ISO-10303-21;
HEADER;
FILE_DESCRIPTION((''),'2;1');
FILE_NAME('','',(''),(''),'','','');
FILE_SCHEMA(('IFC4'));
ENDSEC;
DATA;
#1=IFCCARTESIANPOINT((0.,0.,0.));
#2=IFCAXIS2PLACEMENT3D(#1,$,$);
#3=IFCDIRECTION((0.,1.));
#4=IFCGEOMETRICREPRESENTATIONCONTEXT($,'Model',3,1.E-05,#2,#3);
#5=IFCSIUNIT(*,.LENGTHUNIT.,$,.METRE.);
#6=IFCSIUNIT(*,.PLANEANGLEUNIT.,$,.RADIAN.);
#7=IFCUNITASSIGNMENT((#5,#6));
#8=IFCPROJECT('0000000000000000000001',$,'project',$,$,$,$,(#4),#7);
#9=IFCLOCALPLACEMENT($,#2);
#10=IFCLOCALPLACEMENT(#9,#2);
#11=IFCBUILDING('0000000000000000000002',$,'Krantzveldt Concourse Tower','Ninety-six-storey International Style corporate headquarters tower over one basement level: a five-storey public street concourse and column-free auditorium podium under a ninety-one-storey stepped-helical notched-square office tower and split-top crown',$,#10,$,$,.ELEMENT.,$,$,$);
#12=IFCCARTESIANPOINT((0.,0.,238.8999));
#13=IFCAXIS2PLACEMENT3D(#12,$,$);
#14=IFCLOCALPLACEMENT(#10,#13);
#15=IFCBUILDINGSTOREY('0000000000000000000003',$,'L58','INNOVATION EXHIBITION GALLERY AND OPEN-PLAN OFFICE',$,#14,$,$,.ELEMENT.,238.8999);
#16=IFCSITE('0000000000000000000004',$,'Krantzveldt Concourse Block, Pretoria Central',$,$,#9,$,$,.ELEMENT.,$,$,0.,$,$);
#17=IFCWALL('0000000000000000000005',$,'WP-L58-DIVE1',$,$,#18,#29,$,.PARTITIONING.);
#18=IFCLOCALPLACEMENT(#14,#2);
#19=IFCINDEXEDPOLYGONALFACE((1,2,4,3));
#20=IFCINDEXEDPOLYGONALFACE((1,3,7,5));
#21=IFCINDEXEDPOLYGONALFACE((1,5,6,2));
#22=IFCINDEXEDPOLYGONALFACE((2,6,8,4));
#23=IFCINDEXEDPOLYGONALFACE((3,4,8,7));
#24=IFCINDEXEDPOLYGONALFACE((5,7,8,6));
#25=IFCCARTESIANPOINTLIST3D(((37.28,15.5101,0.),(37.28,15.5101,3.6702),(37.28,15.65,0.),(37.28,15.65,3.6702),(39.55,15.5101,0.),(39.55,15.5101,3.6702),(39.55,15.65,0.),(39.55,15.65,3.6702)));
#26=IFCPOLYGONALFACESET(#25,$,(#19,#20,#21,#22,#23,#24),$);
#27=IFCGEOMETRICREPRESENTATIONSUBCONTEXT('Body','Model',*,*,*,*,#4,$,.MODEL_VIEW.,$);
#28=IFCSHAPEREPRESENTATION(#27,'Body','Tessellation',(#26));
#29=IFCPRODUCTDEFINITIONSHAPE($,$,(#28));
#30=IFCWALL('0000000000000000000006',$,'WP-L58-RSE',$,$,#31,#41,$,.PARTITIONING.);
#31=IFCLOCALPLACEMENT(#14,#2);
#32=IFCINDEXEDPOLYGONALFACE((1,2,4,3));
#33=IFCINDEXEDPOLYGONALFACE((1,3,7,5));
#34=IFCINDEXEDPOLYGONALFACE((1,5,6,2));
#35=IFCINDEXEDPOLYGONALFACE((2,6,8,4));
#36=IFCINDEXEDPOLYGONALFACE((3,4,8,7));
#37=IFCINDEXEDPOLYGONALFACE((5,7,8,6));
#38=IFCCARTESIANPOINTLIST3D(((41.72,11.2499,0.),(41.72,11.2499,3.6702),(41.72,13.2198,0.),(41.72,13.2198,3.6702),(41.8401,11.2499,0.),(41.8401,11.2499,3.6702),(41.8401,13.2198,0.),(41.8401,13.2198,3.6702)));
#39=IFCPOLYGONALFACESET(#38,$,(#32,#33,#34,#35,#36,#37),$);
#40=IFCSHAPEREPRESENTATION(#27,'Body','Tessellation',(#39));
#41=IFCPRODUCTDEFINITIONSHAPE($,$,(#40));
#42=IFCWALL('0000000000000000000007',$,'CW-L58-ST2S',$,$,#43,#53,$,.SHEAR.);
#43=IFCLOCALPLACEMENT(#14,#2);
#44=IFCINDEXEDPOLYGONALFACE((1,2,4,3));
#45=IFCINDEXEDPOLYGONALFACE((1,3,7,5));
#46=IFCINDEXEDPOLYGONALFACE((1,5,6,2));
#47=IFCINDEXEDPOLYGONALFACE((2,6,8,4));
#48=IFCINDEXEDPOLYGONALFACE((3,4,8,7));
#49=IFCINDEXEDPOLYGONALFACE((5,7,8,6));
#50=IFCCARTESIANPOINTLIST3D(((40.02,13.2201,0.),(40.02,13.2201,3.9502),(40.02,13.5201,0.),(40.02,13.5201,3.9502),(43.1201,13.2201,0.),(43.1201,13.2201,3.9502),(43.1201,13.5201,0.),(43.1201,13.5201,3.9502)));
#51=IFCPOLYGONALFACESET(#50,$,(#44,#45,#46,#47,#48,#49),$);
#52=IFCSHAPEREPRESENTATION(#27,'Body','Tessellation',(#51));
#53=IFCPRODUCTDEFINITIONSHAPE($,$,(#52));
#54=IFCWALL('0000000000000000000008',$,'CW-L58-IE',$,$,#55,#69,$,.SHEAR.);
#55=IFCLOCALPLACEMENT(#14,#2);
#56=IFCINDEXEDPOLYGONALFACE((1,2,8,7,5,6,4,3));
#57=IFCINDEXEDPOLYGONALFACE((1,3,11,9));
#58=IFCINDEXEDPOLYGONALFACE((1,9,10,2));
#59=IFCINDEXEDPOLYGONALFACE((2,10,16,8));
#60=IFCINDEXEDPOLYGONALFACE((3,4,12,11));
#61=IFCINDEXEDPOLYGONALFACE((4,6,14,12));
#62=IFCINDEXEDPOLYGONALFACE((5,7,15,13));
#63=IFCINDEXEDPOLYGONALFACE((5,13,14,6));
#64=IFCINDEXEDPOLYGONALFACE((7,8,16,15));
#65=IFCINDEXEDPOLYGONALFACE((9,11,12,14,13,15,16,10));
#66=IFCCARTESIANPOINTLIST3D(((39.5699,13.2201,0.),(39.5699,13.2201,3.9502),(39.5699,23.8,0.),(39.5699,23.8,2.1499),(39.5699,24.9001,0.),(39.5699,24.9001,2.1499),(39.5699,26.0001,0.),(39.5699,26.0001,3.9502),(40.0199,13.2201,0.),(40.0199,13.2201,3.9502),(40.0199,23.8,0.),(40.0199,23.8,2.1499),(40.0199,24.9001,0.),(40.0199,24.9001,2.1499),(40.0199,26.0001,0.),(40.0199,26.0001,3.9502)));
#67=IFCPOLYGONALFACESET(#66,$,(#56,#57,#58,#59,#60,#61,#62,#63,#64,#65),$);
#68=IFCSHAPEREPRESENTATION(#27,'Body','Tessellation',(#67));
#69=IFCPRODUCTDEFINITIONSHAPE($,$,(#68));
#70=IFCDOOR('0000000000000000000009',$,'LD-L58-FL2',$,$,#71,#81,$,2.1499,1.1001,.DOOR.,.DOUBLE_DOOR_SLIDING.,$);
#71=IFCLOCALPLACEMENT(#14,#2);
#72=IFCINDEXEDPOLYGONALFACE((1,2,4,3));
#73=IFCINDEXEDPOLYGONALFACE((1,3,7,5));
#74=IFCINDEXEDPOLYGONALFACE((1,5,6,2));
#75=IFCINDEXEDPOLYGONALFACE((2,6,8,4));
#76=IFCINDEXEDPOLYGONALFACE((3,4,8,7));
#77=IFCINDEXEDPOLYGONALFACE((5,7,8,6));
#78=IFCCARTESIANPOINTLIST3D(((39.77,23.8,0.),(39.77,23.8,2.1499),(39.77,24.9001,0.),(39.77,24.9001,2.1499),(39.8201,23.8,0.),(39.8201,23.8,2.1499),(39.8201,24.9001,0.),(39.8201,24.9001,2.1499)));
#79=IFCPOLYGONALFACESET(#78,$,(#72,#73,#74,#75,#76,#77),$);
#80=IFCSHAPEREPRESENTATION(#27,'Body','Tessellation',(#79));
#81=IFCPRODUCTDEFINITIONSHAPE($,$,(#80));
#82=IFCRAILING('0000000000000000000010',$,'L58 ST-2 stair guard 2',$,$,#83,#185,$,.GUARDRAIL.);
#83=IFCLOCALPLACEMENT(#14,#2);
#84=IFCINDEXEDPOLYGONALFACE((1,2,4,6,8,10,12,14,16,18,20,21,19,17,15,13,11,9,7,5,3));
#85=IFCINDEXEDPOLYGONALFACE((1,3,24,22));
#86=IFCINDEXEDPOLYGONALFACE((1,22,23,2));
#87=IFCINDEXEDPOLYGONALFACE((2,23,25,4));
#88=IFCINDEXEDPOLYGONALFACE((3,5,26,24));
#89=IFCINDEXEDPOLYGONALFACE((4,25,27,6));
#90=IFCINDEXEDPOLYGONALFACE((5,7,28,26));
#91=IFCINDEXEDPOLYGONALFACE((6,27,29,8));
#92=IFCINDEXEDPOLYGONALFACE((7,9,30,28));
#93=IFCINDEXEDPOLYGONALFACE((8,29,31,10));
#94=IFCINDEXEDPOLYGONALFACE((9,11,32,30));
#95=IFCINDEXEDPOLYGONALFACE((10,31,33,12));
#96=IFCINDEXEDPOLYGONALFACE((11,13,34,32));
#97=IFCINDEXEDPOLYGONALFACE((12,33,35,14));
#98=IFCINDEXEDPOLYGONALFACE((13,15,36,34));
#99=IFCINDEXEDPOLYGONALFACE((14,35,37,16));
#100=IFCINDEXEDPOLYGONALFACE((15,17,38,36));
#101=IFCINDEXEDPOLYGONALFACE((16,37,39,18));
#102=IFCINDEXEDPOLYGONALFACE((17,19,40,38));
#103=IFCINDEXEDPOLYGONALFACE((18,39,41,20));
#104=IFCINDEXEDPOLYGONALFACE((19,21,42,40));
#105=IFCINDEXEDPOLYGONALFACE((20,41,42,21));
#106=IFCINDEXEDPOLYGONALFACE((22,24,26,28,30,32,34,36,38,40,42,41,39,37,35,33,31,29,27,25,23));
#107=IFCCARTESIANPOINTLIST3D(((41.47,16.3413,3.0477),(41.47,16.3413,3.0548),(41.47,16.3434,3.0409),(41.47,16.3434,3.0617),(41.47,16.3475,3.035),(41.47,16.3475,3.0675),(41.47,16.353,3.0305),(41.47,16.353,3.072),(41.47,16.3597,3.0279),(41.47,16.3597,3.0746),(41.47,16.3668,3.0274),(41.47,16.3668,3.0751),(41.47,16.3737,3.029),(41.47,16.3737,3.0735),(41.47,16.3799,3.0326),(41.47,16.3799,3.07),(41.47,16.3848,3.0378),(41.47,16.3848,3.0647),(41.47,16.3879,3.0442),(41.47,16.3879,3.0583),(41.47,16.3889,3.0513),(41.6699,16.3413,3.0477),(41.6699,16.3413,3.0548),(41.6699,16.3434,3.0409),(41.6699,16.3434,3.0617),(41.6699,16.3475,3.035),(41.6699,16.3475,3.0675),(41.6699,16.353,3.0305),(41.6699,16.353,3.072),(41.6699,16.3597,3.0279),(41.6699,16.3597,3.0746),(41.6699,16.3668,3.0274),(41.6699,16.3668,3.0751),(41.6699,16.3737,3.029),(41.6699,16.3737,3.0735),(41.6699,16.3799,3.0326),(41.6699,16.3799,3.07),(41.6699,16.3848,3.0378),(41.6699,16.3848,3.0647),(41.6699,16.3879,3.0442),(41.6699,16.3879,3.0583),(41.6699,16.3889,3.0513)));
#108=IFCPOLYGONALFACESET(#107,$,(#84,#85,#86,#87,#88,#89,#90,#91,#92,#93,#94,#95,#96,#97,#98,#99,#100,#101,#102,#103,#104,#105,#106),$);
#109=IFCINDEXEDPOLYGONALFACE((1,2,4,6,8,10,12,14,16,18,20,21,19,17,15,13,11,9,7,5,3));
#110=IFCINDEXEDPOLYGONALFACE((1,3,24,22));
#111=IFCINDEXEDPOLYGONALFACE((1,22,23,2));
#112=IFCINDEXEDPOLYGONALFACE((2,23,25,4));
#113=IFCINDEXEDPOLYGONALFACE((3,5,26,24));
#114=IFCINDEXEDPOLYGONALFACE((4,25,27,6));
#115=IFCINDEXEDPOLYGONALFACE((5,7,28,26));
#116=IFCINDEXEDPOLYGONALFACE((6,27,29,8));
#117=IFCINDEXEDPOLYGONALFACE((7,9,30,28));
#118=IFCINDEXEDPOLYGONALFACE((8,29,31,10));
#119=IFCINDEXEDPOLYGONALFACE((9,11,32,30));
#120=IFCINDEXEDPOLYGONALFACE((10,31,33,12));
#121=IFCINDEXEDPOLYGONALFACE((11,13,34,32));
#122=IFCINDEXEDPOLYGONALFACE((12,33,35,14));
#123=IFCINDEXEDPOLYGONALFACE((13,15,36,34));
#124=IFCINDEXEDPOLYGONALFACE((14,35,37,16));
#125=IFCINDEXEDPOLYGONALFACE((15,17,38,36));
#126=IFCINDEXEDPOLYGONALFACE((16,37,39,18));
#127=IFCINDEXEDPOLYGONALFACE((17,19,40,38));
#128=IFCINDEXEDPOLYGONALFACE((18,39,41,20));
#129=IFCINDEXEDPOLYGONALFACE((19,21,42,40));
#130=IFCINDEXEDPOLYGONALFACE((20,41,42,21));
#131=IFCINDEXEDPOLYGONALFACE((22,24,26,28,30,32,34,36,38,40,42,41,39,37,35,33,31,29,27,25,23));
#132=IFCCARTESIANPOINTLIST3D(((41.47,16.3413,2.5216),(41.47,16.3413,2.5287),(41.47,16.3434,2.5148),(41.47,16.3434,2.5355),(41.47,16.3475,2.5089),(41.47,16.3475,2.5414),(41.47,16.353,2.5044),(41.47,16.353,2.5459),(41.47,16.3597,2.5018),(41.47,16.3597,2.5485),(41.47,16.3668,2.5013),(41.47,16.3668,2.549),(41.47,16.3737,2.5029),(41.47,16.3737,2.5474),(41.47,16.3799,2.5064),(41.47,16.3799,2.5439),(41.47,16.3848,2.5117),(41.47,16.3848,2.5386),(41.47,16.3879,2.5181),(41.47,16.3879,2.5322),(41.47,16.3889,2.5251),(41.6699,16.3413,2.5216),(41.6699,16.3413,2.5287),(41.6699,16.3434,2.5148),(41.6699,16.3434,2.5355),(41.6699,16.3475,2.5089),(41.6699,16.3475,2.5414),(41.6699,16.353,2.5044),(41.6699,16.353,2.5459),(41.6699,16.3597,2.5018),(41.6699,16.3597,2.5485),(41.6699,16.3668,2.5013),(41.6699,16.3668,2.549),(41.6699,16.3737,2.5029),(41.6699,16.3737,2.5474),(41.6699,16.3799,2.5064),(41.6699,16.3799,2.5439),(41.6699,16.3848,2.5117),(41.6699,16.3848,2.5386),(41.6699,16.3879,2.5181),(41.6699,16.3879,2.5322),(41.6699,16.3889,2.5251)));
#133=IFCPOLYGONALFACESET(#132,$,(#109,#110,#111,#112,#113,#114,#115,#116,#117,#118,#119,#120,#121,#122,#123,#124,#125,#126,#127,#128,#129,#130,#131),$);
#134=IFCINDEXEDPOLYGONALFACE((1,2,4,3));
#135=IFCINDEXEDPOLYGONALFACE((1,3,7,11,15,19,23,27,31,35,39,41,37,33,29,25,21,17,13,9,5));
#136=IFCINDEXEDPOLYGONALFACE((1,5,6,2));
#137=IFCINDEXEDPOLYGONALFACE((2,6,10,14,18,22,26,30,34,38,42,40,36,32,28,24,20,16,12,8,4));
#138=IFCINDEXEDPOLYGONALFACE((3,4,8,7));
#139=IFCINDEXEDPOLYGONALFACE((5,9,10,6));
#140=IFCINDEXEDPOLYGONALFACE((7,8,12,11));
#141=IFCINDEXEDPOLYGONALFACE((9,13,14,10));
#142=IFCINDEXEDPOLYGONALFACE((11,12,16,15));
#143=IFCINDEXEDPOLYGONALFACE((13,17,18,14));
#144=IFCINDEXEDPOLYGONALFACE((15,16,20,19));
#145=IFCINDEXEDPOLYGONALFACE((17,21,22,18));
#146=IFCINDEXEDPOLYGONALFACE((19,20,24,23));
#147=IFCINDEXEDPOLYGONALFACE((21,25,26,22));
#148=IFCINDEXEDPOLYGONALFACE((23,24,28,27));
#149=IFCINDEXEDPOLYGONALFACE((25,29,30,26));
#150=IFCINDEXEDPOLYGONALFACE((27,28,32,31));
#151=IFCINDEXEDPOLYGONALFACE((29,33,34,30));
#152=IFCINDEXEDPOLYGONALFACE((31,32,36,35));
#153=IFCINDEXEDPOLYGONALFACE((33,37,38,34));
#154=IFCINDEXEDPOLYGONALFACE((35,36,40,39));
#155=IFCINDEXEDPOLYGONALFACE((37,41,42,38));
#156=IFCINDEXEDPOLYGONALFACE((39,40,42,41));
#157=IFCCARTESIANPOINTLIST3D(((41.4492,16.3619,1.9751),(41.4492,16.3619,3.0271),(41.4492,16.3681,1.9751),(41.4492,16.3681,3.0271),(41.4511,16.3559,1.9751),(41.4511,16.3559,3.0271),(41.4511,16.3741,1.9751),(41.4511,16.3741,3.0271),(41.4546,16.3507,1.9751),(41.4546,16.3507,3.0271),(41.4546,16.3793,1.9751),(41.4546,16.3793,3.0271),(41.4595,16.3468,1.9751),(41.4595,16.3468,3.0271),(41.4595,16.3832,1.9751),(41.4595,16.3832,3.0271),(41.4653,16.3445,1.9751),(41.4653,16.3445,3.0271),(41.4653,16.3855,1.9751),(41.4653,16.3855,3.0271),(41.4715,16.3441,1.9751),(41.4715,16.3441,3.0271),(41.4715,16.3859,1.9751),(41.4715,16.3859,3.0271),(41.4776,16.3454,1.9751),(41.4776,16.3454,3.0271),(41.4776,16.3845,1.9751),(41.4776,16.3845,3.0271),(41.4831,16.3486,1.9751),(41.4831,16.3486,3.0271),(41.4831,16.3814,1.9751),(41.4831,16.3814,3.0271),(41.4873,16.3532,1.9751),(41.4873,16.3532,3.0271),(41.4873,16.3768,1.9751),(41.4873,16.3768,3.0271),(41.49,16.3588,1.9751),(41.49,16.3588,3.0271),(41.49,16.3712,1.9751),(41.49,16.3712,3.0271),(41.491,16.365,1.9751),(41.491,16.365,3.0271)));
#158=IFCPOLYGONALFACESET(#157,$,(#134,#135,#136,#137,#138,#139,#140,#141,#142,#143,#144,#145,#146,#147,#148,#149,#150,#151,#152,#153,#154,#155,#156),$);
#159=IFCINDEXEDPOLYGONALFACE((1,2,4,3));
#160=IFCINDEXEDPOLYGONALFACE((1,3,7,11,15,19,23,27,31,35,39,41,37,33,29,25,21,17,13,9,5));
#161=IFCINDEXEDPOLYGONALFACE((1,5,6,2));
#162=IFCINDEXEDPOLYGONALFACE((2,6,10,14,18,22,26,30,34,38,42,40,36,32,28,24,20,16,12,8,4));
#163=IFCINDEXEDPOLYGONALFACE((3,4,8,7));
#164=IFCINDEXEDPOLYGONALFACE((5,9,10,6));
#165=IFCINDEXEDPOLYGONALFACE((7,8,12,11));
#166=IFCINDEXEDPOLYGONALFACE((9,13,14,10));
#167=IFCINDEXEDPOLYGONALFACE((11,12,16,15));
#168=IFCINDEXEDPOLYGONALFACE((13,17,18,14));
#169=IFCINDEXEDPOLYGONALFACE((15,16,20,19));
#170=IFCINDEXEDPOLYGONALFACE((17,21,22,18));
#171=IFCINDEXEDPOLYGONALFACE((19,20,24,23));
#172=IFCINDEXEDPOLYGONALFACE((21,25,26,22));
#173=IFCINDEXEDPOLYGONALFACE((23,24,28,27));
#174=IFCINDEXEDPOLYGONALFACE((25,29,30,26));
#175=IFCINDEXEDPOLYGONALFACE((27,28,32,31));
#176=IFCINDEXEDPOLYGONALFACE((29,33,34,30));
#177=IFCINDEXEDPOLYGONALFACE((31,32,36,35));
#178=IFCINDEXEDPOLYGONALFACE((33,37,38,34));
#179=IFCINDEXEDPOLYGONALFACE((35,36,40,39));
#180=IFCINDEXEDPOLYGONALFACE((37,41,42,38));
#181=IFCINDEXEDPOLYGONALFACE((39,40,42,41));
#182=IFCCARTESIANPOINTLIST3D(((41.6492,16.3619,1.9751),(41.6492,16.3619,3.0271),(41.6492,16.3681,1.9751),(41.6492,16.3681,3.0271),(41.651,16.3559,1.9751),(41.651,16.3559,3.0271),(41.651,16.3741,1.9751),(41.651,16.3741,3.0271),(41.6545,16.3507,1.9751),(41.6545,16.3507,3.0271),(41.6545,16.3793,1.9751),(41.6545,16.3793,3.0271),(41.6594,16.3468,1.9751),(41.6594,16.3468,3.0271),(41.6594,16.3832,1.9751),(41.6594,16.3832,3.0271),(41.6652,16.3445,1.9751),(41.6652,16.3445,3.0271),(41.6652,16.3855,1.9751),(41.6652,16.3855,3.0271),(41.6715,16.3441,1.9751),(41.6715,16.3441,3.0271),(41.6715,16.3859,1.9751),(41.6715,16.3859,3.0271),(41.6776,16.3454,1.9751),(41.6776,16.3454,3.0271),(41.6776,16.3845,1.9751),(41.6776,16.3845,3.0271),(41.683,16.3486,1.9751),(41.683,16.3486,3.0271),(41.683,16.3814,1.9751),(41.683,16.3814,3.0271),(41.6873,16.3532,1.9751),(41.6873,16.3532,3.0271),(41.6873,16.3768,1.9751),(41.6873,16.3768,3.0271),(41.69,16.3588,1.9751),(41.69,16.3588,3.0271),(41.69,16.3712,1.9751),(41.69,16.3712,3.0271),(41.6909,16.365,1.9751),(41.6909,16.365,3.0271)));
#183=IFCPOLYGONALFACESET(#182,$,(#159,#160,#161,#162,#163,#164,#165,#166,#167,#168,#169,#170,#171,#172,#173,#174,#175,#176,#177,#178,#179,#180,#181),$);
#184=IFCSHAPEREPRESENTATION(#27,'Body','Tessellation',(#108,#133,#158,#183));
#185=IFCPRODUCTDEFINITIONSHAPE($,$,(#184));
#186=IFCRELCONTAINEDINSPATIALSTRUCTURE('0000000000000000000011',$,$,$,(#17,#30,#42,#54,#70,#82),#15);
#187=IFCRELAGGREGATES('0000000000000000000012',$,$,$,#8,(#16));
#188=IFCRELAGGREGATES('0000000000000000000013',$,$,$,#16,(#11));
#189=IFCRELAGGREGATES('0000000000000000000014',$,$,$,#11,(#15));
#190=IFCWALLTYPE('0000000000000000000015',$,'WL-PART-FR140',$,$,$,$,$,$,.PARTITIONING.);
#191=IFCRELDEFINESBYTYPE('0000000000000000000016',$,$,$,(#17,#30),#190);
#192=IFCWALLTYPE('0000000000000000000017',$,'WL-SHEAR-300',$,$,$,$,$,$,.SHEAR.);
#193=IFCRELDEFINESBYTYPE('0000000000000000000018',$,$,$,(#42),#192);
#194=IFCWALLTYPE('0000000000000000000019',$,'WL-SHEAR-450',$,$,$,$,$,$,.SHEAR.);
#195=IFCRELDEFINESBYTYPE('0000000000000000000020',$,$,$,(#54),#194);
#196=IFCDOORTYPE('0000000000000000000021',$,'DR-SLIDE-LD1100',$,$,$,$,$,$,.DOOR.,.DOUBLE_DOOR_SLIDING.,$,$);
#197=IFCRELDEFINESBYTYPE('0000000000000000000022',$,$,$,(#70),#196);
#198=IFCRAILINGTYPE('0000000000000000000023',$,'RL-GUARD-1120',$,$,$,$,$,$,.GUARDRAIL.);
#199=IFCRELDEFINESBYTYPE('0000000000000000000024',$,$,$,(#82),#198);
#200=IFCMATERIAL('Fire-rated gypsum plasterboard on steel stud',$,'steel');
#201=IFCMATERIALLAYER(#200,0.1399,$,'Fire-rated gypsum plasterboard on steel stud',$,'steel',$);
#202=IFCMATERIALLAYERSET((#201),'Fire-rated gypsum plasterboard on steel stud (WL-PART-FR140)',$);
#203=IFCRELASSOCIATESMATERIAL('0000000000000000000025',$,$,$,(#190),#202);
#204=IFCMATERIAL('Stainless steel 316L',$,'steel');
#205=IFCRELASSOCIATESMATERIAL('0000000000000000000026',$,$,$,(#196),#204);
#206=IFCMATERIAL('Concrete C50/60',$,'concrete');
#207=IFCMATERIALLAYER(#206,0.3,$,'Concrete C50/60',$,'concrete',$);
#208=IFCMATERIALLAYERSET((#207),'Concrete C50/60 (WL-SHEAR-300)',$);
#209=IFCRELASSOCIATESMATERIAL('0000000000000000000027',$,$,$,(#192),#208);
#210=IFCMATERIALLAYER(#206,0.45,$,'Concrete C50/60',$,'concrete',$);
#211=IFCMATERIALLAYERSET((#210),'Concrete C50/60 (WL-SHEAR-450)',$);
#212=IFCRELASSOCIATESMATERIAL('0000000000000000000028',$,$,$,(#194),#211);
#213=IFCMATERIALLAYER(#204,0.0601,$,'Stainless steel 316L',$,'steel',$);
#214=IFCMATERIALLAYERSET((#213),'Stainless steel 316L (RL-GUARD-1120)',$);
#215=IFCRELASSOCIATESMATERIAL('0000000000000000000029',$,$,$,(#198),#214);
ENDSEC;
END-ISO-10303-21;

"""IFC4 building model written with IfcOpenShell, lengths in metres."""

from ifc_helpers import new_model, si_unit, direction, frame, frame_2d, origin, origin_2d, place, context, subcontext, project, spatial, rectangle, circle, extrude, material, layer, layer_set, type_object, element, fill, save


model = new_model("IFC4")

# Units and contexts
model_context = context("Model", 3, precision=1e-05, world=origin(), true_north=direction((0.0, 1.0)))
body_context = subcontext(model_context, "Body", "Model", "MODEL_VIEW")
ifc_project = project(units=[si_unit("LENGTHUNIT", "METRE"), si_unit("PLANEANGLEUNIT", "RADIAN")], contexts=[model_context])

# Site, building, storey
site_placement = place(None, origin())
site = spatial("IfcSite", under=ifc_project, at=site_placement, Name="Krantzveldt Concourse Block, Pretoria Central", CompositionType="ELEMENT", RefElevation=0.0)
building_placement = place(site_placement, origin())
building = spatial("IfcBuilding", under=site, at=building_placement, Name="Krantzveldt Concourse Tower", Description="Ninety-six-storey International Style corporate headquarters tower over one basement level: a five-storey public street concourse and column-free auditorium podium under a ninety-one-storey stepped-helical notched-square office tower and split-top crown", CompositionType="ELEMENT")
storey_placement = place(building_placement, frame((0.0, 0.0, 238.8999)))
storey = spatial("IfcBuildingStorey", under=building, at=storey_placement, Name="L58", Description="INNOVATION EXHIBITION GALLERY AND OPEN-PLAN OFFICE", CompositionType="ELEMENT", Elevation=238.8999)

# Shared definitions
ifc_material_1 = material(Name="Fire-rated gypsum plasterboard on steel stud", Category="steel")

# Shared definitions
ifc_layer_1 = layer(ifc_material_1, 0.1399, Name="Fire-rated gypsum plasterboard on steel stud", Category="steel")
ifc_layer_set_1 = layer_set([ifc_layer_1], Name="Fire-rated gypsum plasterboard on steel stud (WL-PART-FR140)")
wall_type_1 = type_object("IfcWallType", Name="WL-PART-FR140", PredefinedType="PARTITIONING", material=ifc_layer_set_1)

# Shared definitions
ifc_material_2 = material(Name="Stainless steel 316L", Category="steel")
door_type_1 = type_object("IfcDoorType", Name="DR-SLIDE-LD1100", OperationType="DOUBLE_DOOR_SLIDING", PredefinedType="DOOR", material=ifc_material_2)

# Walls
wall_1_placement = place(storey_placement, frame((37.28, 15.5801, 0.0), z_axis=(0.0, 0.0, 1.0), x_axis=(1.0, 0.0, 0.0)))
element("IfcWall", 1, at=wall_1_placement, inside=storey, type_object=wall_type_1, Name="WP-L58-DIVE1", PredefinedType="PARTITIONING", context=body_context, shape_type="SweptSolid", body=[
    extrude(rectangle(XDim=2.27, YDim=0.1399, at=frame_2d((1.135, 0.0))), origin(), (0.0, 0.0, 1.0), 3.6702),
])
wall_2_placement = place(storey_placement, frame((41.78, 11.25, 0.0), z_axis=(0.0, 0.0, 1.0), x_axis=(0.0, 1.0, 0.0)))
element("IfcWall", 2, at=wall_2_placement, inside=storey, type_object=wall_type_1, Name="WP-L58-RSE", PredefinedType="PARTITIONING", context=body_context, shape_type="SweptSolid", body=[
    extrude(rectangle(XDim=1.97, YDim=0.1201, at=frame_2d((0.9849, 0.0))), origin(), (0.0, 0.0, 1.0), 3.6702),
])
ifc_material_3 = material(Name="Concrete C50/60", Category="concrete")
ifc_layer_2 = layer(ifc_material_3, 0.3, Name="Concrete C50/60", Category="concrete")
ifc_layer_set_2 = layer_set([ifc_layer_2], Name="Concrete C50/60 (WL-SHEAR-300)")
wall_type_2 = type_object("IfcWallType", Name="WL-SHEAR-300", PredefinedType="SHEAR", material=ifc_layer_set_2)
wall_3_placement = place(storey_placement, frame((40.02, 13.3701, 0.0), z_axis=(0.0, 0.0, 1.0), x_axis=(1.0, 0.0, 0.0)))
element("IfcWall", 3, at=wall_3_placement, inside=storey, type_object=wall_type_2, Name="CW-L58-ST2S", PredefinedType="SHEAR", context=body_context, shape_type="SweptSolid", body=[
    extrude(rectangle(XDim=3.1001, YDim=0.3, at=frame_2d((1.55, 0.0))), origin(), (0.0, 0.0, 1.0), 3.9502),
])

# Wall, opening, door
ifc_layer_3 = layer(ifc_material_3, 0.45, Name="Concrete C50/60", Category="concrete")
ifc_layer_set_3 = layer_set([ifc_layer_3], Name="Concrete C50/60 (WL-SHEAR-450)")
wall_type_3 = type_object("IfcWallType", Name="WL-SHEAR-450", PredefinedType="SHEAR", material=ifc_layer_set_3)
wall_4_placement = place(storey_placement, frame((39.7949, 13.22, 0.0), z_axis=(0.0, 0.0, 1.0), x_axis=(0.0, 1.0, 0.0)))
wall_4 = element("IfcWall", 4, at=wall_4_placement, inside=storey, type_object=wall_type_3, Name="CW-L58-IE", PredefinedType="SHEAR", context=body_context, shape_type="SweptSolid", body=[
    extrude(rectangle(XDim=12.78, YDim=0.45, at=frame_2d((6.3901, 0.0))), origin(), (0.0, 0.0, 1.0), 3.9502),
])
opening_1_placement = place(wall_4_placement, frame((10.5801, 0.0, 0.0)))
opening_1 = element("IfcOpeningElement", 5, at=opening_1_placement, cuts=wall_4, PredefinedType="OPENING", context=body_context, shape_type="SweptSolid", body=[
    extrude(rectangle(XDim=1.1001, YDim=2.1499, at=frame_2d((0.55, 1.075))), frame((0.0, 0.2349, 0.0), z_axis=(0.0, -1.0, 0.0), x_axis=(1.0, 0.0, 0.0)), (0.0, 0.0, 1.0), 0.47),
])
door_1_placement = place(opening_1_placement, origin())
door_1 = element("IfcDoor", 6, at=door_1_placement, inside=storey, type_object=door_type_1, Name="LD-L58-FL2", OperationType="DOUBLE_DOOR_SLIDING", OverallHeight=2.1499, OverallWidth=1.1001, PredefinedType="DOOR", context=body_context, shape_type="SweptSolid", body=[
    extrude(rectangle(XDim=1.1001, YDim=2.1499, at=frame_2d((0.55, 1.075))), frame((0.0, 0.0249, 0.0), z_axis=(0.0, -1.0, 0.0), x_axis=(1.0, 0.0, 0.0)), (0.0, 0.0, 1.0), 0.05),
])
fill(opening_1, door_1)

# Railing
ifc_layer_4 = layer(ifc_material_2, 0.0601, Name="Stainless steel 316L", Category="steel")
ifc_layer_set_4 = layer_set([ifc_layer_4], Name="Stainless steel 316L (RL-GUARD-1120)")
railing_type = type_object("IfcRailingType", Name="RL-GUARD-1120", PredefinedType="GUARDRAIL", material=ifc_layer_set_4)
railing_placement = place(storey_placement, frame((41.47, 16.365, 1.9751)))
element("IfcRailing", 7, at=railing_placement, inside=storey, type_object=railing_type, Name="L58 ST-2 stair guard 2", PredefinedType="GUARDRAIL", context=body_context, shape_type="SweptSolid", body=[
    extrude(circle(Radius=0.0239, at=origin_2d()), frame((0.0, 0.0, 1.0762), z_axis=(1.0, 0.0, 0.0), x_axis=(0.0, 1.0, 0.0)), (0.0, 0.0, 1.0), 0.2),
    extrude(circle(Radius=0.0239, at=origin_2d()), frame((0.0, 0.0, 0.55), z_axis=(1.0, 0.0, 0.0), x_axis=(0.0, 1.0, 0.0)), (0.0, 0.0, 1.0), 0.2),
    extrude(circle(Radius=0.021, at=origin_2d()), origin(), (0.0, 0.0, 1.0), 1.052),
    extrude(circle(Radius=0.021, at=origin_2d()), frame((0.2, 0.0, 0.0)), (0.0, 0.0, 1.0), 1.052),
])

save(model, "model.ifc")
